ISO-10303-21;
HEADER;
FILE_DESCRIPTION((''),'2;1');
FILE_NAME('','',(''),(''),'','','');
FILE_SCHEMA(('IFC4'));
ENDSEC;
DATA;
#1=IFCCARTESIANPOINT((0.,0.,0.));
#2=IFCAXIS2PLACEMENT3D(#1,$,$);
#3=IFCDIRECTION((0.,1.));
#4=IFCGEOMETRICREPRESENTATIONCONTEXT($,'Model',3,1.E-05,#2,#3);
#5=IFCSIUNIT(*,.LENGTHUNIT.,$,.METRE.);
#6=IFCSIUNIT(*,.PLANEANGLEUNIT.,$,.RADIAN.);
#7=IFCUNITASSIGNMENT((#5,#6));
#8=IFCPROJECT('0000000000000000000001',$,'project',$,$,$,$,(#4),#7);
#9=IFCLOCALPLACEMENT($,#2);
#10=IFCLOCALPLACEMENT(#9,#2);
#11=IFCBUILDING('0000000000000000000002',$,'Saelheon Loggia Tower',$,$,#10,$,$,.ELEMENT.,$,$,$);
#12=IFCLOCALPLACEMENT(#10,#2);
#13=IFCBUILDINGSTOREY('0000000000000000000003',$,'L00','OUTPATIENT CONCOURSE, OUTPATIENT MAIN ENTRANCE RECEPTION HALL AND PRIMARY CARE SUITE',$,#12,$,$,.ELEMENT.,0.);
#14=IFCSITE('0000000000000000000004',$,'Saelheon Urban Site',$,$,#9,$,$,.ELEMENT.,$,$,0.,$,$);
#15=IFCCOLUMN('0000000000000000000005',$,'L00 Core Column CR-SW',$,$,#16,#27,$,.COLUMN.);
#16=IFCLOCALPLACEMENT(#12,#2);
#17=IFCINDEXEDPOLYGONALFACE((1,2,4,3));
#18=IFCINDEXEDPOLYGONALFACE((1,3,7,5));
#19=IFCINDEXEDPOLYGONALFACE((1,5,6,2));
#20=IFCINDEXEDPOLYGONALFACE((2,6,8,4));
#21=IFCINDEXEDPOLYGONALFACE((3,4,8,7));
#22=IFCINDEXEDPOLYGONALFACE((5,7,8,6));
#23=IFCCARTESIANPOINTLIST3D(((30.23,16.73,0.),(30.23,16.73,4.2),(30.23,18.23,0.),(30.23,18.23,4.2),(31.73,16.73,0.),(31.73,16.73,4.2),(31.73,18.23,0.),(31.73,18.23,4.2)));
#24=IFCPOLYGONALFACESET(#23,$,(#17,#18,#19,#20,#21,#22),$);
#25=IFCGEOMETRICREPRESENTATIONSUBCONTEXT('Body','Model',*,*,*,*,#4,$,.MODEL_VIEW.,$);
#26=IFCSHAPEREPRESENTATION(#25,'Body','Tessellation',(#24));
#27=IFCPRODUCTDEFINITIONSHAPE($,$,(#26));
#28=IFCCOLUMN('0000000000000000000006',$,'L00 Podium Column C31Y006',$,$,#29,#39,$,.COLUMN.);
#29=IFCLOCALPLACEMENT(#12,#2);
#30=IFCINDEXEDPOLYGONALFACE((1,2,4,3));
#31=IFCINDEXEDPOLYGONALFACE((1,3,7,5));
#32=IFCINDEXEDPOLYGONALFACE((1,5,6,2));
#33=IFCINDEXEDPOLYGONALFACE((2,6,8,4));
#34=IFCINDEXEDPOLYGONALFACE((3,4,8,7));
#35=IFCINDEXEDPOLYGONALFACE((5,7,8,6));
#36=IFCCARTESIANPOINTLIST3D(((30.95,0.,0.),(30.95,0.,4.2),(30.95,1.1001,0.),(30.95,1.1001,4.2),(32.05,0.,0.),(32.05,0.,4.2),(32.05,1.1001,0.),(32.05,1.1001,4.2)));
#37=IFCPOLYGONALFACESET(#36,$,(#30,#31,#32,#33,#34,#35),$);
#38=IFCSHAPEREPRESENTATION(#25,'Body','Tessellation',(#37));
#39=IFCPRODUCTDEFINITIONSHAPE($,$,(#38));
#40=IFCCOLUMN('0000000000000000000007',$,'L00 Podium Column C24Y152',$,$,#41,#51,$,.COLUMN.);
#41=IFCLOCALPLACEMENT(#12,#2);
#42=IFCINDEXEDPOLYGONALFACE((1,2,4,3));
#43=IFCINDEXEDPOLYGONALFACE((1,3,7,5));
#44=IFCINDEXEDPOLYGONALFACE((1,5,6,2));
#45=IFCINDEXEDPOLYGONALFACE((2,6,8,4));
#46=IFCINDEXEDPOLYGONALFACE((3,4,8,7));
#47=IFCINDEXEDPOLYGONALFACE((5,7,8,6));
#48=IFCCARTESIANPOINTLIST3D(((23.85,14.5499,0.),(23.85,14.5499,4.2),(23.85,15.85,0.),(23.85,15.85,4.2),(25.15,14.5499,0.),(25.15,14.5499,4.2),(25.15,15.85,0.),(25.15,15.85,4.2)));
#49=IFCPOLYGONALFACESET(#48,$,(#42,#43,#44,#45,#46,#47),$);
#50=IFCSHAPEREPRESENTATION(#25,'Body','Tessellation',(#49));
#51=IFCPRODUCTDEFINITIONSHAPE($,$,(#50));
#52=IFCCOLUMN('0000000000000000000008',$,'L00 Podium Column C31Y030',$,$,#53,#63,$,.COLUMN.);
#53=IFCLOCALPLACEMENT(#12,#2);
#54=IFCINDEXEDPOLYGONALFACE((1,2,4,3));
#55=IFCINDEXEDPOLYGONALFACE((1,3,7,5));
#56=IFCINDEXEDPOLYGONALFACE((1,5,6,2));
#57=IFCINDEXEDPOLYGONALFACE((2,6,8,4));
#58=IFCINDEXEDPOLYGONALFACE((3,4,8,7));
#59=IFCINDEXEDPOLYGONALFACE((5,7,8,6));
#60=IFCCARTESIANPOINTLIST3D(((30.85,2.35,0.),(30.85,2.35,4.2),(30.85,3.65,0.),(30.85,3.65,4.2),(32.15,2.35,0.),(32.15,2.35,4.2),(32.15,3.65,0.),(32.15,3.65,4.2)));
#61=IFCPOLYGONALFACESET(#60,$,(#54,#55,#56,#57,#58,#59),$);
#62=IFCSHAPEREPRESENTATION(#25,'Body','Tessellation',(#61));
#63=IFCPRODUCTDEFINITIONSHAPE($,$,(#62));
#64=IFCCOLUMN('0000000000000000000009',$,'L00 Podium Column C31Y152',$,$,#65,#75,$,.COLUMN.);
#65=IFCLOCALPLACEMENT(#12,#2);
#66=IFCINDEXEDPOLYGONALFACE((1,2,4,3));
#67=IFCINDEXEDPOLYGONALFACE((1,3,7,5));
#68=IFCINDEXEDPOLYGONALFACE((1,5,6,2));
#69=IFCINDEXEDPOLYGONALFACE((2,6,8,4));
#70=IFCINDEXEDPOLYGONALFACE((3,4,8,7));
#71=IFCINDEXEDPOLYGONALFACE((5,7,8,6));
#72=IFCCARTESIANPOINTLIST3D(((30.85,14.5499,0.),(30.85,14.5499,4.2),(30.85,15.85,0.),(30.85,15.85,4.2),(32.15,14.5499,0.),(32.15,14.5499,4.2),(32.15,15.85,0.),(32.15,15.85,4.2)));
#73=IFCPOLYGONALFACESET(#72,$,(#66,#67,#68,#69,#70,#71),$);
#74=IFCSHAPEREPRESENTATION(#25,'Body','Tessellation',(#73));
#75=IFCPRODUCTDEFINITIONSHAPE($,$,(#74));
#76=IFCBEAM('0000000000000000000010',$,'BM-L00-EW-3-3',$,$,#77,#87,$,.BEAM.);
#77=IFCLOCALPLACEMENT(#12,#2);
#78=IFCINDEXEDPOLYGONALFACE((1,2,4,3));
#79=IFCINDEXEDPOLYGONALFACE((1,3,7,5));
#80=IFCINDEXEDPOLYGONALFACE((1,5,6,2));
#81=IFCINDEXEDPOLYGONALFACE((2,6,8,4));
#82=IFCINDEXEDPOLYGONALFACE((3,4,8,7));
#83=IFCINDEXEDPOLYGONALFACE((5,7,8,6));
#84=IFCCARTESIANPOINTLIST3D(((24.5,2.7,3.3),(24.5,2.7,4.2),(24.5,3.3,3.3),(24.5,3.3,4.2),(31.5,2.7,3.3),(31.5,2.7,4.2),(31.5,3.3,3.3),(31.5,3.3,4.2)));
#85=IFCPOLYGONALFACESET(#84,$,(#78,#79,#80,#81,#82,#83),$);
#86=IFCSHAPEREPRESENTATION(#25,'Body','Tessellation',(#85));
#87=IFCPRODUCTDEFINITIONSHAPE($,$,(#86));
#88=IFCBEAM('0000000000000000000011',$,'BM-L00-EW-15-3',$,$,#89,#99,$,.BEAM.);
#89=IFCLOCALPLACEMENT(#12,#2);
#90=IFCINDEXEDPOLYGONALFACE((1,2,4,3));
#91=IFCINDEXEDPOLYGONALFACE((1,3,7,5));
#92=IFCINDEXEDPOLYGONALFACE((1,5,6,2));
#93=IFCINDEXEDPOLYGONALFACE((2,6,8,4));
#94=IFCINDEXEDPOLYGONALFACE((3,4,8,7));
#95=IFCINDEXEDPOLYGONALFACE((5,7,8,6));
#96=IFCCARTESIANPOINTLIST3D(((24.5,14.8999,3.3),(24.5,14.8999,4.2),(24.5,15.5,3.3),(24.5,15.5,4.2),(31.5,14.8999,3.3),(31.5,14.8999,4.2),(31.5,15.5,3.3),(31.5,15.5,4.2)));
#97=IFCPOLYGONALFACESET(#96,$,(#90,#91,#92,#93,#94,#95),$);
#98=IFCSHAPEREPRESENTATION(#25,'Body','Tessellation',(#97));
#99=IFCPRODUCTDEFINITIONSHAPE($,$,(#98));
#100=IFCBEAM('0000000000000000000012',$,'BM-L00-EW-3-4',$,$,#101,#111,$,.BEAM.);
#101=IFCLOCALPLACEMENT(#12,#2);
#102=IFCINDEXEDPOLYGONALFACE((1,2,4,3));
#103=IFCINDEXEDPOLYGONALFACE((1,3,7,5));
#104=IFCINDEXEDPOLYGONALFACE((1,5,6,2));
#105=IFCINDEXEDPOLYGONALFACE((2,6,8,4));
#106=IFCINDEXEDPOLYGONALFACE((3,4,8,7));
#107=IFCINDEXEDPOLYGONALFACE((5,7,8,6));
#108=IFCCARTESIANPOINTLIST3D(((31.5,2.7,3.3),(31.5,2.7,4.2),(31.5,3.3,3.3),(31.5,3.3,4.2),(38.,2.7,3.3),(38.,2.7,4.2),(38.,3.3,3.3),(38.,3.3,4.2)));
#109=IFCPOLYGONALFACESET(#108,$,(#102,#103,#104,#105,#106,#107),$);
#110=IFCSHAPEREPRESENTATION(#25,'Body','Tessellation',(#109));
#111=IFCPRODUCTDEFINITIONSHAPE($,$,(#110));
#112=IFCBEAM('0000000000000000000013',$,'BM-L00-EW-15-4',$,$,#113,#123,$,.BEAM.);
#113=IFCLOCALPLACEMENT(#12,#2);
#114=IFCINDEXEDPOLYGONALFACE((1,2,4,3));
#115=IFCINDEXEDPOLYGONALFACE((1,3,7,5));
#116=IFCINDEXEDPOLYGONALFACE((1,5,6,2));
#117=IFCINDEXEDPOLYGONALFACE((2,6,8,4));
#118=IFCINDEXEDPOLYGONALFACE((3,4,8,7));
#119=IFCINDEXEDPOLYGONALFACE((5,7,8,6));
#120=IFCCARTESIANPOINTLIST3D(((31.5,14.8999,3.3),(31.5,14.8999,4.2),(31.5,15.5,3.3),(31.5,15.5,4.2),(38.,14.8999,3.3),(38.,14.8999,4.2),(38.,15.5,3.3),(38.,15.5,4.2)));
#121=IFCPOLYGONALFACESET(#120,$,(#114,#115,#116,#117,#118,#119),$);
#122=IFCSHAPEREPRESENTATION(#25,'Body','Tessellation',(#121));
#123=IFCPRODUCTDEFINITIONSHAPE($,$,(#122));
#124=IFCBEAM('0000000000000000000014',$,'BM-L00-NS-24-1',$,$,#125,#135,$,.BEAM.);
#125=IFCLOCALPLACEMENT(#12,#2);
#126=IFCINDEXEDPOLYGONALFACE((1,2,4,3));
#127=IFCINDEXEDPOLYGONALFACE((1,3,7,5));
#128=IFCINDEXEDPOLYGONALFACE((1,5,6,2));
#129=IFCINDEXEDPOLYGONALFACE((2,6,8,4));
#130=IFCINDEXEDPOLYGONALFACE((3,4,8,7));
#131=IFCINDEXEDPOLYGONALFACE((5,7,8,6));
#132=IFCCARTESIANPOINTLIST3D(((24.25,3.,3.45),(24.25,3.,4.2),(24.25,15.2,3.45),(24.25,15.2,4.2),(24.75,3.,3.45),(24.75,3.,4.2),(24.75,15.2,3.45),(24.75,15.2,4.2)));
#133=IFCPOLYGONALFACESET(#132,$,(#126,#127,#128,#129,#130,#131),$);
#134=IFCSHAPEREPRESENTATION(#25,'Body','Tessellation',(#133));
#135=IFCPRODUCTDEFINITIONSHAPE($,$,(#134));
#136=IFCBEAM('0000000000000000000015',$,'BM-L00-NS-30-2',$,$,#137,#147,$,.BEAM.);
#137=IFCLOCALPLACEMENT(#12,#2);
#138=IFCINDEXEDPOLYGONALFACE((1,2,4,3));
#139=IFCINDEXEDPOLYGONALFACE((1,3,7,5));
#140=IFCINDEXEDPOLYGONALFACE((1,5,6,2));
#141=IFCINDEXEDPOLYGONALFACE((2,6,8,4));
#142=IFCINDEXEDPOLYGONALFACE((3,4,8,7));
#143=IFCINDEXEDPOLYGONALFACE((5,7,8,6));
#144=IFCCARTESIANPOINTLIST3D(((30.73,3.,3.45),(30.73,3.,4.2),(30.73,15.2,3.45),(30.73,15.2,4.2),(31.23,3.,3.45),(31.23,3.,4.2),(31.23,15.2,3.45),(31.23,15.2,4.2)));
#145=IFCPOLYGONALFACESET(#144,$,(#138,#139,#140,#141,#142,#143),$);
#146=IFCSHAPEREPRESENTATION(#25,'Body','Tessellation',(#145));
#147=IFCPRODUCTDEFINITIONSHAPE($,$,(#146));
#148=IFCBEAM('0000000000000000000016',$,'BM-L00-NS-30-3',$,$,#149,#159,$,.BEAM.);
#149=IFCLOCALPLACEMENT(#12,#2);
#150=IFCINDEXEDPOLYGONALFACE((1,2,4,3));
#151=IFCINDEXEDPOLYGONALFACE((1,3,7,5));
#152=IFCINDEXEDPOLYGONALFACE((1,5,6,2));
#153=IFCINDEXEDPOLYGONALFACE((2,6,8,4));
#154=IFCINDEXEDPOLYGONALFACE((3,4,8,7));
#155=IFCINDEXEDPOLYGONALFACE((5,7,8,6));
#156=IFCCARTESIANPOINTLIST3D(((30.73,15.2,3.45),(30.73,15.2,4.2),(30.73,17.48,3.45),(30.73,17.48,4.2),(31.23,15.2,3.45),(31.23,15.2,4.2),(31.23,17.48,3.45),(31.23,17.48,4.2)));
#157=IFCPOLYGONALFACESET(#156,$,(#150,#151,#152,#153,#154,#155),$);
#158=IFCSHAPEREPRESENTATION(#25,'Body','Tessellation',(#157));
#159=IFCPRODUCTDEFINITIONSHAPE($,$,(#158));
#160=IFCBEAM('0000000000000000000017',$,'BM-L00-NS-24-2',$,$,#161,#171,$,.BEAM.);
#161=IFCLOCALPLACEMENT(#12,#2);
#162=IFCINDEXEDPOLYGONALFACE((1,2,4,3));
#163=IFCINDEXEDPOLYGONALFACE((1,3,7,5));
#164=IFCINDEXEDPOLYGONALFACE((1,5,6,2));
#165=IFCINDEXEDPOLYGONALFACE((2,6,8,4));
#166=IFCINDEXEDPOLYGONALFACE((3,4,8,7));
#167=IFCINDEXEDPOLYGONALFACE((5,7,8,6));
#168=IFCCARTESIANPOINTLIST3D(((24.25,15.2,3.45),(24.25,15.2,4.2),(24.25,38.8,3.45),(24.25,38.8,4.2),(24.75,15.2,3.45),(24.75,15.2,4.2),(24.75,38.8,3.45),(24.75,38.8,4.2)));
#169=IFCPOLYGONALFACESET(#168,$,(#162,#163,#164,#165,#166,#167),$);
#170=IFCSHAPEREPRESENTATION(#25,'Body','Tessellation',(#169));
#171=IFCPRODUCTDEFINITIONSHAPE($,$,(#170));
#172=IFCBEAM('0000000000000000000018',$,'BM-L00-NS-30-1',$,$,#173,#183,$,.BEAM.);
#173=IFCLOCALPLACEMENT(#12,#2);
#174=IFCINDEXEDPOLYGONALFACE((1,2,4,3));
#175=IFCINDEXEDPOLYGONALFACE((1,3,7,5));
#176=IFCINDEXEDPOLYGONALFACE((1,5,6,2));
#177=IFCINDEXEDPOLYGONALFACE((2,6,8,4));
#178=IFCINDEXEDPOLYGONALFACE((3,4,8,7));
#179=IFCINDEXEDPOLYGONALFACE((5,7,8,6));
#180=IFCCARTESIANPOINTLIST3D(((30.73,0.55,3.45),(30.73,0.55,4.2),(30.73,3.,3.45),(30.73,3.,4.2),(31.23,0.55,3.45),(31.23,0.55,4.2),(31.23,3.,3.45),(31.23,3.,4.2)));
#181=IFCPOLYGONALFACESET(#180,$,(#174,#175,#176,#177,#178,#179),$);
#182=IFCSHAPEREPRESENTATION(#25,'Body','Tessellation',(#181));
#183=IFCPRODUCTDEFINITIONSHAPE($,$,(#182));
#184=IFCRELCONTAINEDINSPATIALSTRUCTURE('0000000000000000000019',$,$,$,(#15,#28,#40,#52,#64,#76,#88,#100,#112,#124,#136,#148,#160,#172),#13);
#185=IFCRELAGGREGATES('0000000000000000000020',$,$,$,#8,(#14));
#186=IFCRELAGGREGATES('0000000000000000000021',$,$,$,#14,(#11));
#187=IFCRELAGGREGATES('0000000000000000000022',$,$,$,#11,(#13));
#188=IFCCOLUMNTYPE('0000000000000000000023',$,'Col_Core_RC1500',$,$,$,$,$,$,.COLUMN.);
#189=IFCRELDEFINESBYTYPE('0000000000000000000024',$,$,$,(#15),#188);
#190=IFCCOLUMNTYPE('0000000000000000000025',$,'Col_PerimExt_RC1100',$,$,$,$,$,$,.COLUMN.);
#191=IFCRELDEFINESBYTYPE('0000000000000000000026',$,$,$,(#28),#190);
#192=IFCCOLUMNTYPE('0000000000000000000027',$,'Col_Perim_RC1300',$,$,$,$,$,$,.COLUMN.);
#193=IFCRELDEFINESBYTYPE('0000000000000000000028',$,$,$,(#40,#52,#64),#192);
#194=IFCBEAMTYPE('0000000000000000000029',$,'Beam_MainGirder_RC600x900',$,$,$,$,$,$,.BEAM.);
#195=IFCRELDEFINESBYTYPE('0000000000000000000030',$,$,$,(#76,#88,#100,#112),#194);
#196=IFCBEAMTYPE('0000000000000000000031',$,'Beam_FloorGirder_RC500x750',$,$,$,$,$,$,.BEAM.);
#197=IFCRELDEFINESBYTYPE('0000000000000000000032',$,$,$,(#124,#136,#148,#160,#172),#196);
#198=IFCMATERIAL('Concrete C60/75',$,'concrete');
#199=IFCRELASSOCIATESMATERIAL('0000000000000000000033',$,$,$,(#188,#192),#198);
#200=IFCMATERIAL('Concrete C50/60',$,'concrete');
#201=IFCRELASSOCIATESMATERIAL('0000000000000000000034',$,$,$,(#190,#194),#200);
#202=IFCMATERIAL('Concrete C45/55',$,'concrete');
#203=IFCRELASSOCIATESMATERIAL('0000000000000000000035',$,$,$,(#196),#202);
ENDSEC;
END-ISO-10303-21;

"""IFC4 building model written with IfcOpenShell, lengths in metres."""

from ifc_helpers import new_model, si_unit, direction, frame, origin, origin_2d, place, context, subcontext, project, spatial, rectangle, extrude, source, transform, mapped, material, material_profile, profile_set, type_object, element, save


model = new_model("IFC4")

# Units and contexts
model_context = context("Model", 3, precision=1e-05, world=origin(), true_north=direction((0.0, 1.0)))
body_context = subcontext(model_context, "Body", "Model", "MODEL_VIEW")
ifc_project = project(units=[si_unit("LENGTHUNIT", "METRE"), si_unit("PLANEANGLEUNIT", "RADIAN")], contexts=[model_context])

# Site, building, storey
site_placement = place(None, origin())
site = spatial("IfcSite", under=ifc_project, at=site_placement, Name="Saelheon Urban Site", CompositionType="ELEMENT", RefElevation=0.0)
building_placement = place(site_placement, origin())
building = spatial("IfcBuilding", under=site, at=building_placement, Name="Saelheon Loggia Tower", CompositionType="ELEMENT")
storey_placement = place(building_placement, origin())
storey = spatial("IfcBuildingStorey", under=building, at=storey_placement, Name="L00", Description="OUTPATIENT CONCOURSE, OUTPATIENT MAIN ENTRANCE RECEPTION HALL AND PRIMARY CARE SUITE", CompositionType="ELEMENT", Elevation=0.0)

# Columns
ifc_material_1 = material(Name="Concrete C60/75", Category="concrete")
ifc_material_profile_1 = material_profile(ifc_material_1, rectangle(XDim=1.5, YDim=1.5, at=origin_2d()), Name="RC-1500x1500")
ifc_profile_set_1 = profile_set([ifc_material_profile_1], Name="Concrete C60/75")
column_type_1 = type_object("IfcColumnType", Name="Col_Core_RC1500", PredefinedType="COLUMN", material=ifc_profile_set_1)
shared_shape_1 = source(origin(), body_context, "Body", "SweptSolid", [
    extrude(rectangle(XDim=1.5, YDim=1.5, at=origin_2d()), origin(), (0.0, 0.0, 1.0), 4.2),
])
column_1_placement = place(storey_placement, frame((30.98, 17.48, 0.0), z_axis=(0.0, 0.0, 1.0), x_axis=(1.0, 0.0, 0.0)))
element("IfcColumn", 1, at=column_1_placement, inside=storey, type_object=column_type_1, Name="L00 Core Column CR-SW", PredefinedType="COLUMN", context=body_context, shape_type="MappedRepresentation", body=[
    mapped(shared_shape_1, transform((0.0, 0.0, 0.0), scale=1.0)),
])
ifc_material_2 = material(Name="Concrete C50/60", Category="concrete")
ifc_material_profile_2 = material_profile(ifc_material_2, rectangle(XDim=1.1001, YDim=1.1001, at=origin_2d()), Name="RC-1100x1100")
ifc_profile_set_2 = profile_set([ifc_material_profile_2], Name="Concrete C50/60")
column_type_2 = type_object("IfcColumnType", Name="Col_PerimExt_RC1100", PredefinedType="COLUMN", material=ifc_profile_set_2)
shared_shape_2 = source(origin(), body_context, "Body", "SweptSolid", [
    extrude(rectangle(XDim=1.1001, YDim=1.1001, at=origin_2d()), origin(), (0.0, 0.0, 1.0), 4.2),
])
column_2_placement = place(storey_placement, frame((31.5, 0.55, 0.0), z_axis=(0.0, 0.0, 1.0), x_axis=(1.0, 0.0, 0.0)))
element("IfcColumn", 2, at=column_2_placement, inside=storey, type_object=column_type_2, Name="L00 Podium Column C31Y006", PredefinedType="COLUMN", context=body_context, shape_type="MappedRepresentation", body=[
    mapped(shared_shape_2, transform((0.0, 0.0, 0.0), scale=1.0)),
])
ifc_material_profile_3 = material_profile(ifc_material_1, rectangle(XDim=1.3, YDim=1.3, at=origin_2d()), Name="RC-1300x1300")
ifc_profile_set_3 = profile_set([ifc_material_profile_3], Name="Concrete C60/75")
column_type_3 = type_object("IfcColumnType", Name="Col_Perim_RC1300", PredefinedType="COLUMN", material=ifc_profile_set_3)
shared_shape_3 = source(origin(), body_context, "Body", "SweptSolid", [
    extrude(rectangle(XDim=1.3, YDim=1.3, at=origin_2d()), origin(), (0.0, 0.0, 1.0), 4.2),
])
for number, where, z_axis, x_axis, name in (
    (3, (24.5, 15.2, 0.0), (0.0, 0.0, 1.0), (1.0, 0.0, 0.0), "L00 Podium Column C24Y152"),
    (4, (31.5, 3.0, 0.0), (0.0, 0.0, 1.0), (1.0, 0.0, 0.0), "L00 Podium Column C31Y030"),
    (5, (31.5, 15.2, 0.0), (0.0, 0.0, 1.0), (1.0, 0.0, 0.0), "L00 Podium Column C31Y152"),
):
    element("IfcColumn", number, at=place(storey_placement, frame(where, z_axis=z_axis, x_axis=x_axis)), inside=storey, type_object=column_type_3, Name=name, PredefinedType="COLUMN", context=body_context, shape_type="MappedRepresentation", body=[
        mapped(shared_shape_3, transform((0.0, 0.0, 0.0), scale=1.0)),
    ])

# Beams
ifc_material_profile_4 = material_profile(ifc_material_2, rectangle(XDim=0.6001, YDim=0.8999, at=origin_2d()), Name="RC-600x900")
ifc_profile_set_4 = profile_set([ifc_material_profile_4], Name="Concrete C50/60")
beam_type_1 = type_object("IfcBeamType", Name="Beam_MainGirder_RC600x900", PredefinedType="BEAM", material=ifc_profile_set_4)
shared_shape_4 = source(origin(), body_context, "Body", "SweptSolid", [
    extrude(rectangle(XDim=0.6001, YDim=0.8999, at=origin_2d()), origin(), (0.0, 0.0, 1.0), 7.0),
])
for number, where, z_axis, x_axis, name in (
    (6, (24.5, 3.0, 3.75), (1.0, 0.0, 0.0), (0.0, 1.0, 0.0), "BM-L00-EW-3-3"),
    (7, (24.5, 15.2, 3.75), (1.0, 0.0, 0.0), (0.0, 1.0, 0.0), "BM-L00-EW-15-3"),
):
    element("IfcBeam", number, at=place(storey_placement, frame(where, z_axis=z_axis, x_axis=x_axis)), inside=storey, type_object=beam_type_1, Name=name, PredefinedType="BEAM", context=body_context, shape_type="MappedRepresentation", body=[
        mapped(shared_shape_4, transform((0.0, 0.0, 0.0), scale=1.0)),
    ])
shared_shape_5 = source(origin(), body_context, "Body", "SweptSolid", [
    extrude(rectangle(XDim=0.6001, YDim=0.8999, at=origin_2d()), origin(), (0.0, 0.0, 1.0), 6.5),
])
for number, where, z_axis, x_axis, name in (
    (8, (31.5, 3.0, 3.75), (1.0, 0.0, 0.0), (0.0, 1.0, 0.0), "BM-L00-EW-3-4"),
    (9, (31.5, 15.2, 3.75), (1.0, 0.0, 0.0), (0.0, 1.0, 0.0), "BM-L00-EW-15-4"),
):
    element("IfcBeam", number, at=place(storey_placement, frame(where, z_axis=z_axis, x_axis=x_axis)), inside=storey, type_object=beam_type_1, Name=name, PredefinedType="BEAM", context=body_context, shape_type="MappedRepresentation", body=[
        mapped(shared_shape_5, transform((0.0, 0.0, 0.0), scale=1.0)),
    ])
ifc_material_3 = material(Name="Concrete C45/55", Category="concrete")
ifc_material_profile_5 = material_profile(ifc_material_3, rectangle(XDim=0.5, YDim=0.75, at=origin_2d()), Name="RC-500x750")
ifc_profile_set_5 = profile_set([ifc_material_profile_5], Name="Concrete C45/55")
beam_type_2 = type_object("IfcBeamType", Name="Beam_FloorGirder_RC500x750", PredefinedType="BEAM", material=ifc_profile_set_5)
shared_shape_6 = source(origin(), body_context, "Body", "SweptSolid", [
    extrude(rectangle(XDim=0.5, YDim=0.75, at=origin_2d()), origin(), (0.0, 0.0, 1.0), 12.2),
])
for number, where, z_axis, x_axis, name in (
    (10, (24.5, 3.0, 3.825), (0.0, 1.0, 0.0), (-1.0, 0.0, 0.0), "BM-L00-NS-24-1"),
    (11, (30.98, 3.0, 3.825), (0.0, 1.0, 0.0), (-1.0, 0.0, 0.0), "BM-L00-NS-30-2"),
):
    element("IfcBeam", number, at=place(storey_placement, frame(where, z_axis=z_axis, x_axis=x_axis)), inside=storey, type_object=beam_type_2, Name=name, PredefinedType="BEAM", context=body_context, shape_type="MappedRepresentation", body=[
        mapped(shared_shape_6, transform((0.0, 0.0, 0.0), scale=1.0)),
    ])
shared_shape_7 = source(origin(), body_context, "Body", "SweptSolid", [
    extrude(rectangle(XDim=0.5, YDim=0.75, at=origin_2d()), origin(), (0.0, 0.0, 1.0), 2.28),
])
beam_1_placement = place(storey_placement, frame((30.98, 15.2, 3.825), z_axis=(0.0, 1.0, 0.0), x_axis=(-1.0, 0.0, 0.0)))
element("IfcBeam", 12, at=beam_1_placement, inside=storey, type_object=beam_type_2, Name="BM-L00-NS-30-3", PredefinedType="BEAM", context=body_context, shape_type="MappedRepresentation", body=[
    mapped(shared_shape_7, transform((0.0, 0.0, 0.0), scale=1.0)),
])
shared_shape_8 = source(origin(), body_context, "Body", "SweptSolid", [
    extrude(rectangle(XDim=0.5, YDim=0.75, at=origin_2d()), origin(), (0.0, 0.0, 1.0), 23.6001),
])
beam_2_placement = place(storey_placement, frame((24.5, 15.2, 3.825), z_axis=(0.0, 1.0, 0.0), x_axis=(-1.0, 0.0, 0.0)))
element("IfcBeam", 13, at=beam_2_placement, inside=storey, type_object=beam_type_2, Name="BM-L00-NS-24-2", PredefinedType="BEAM", context=body_context, shape_type="MappedRepresentation", body=[
    mapped(shared_shape_8, transform((0.0, 0.0, 0.0), scale=1.0)),
])
shared_shape_9 = source(origin(), body_context, "Body", "SweptSolid", [
    extrude(rectangle(XDim=0.5, YDim=0.75, at=origin_2d()), origin(), (0.0, 0.0, 1.0), 2.45),
])
beam_3_placement = place(storey_placement, frame((30.98, 0.55, 3.825), z_axis=(0.0, 1.0, 0.0), x_axis=(-1.0, 0.0, 0.0)))
element("IfcBeam", 14, at=beam_3_placement, inside=storey, type_object=beam_type_2, Name="BM-L00-NS-30-1", PredefinedType="BEAM", context=body_context, shape_type="MappedRepresentation", body=[
    mapped(shared_shape_9, transform((0.0, 0.0, 0.0), scale=1.0)),
])

save(model, "model.ifc")
